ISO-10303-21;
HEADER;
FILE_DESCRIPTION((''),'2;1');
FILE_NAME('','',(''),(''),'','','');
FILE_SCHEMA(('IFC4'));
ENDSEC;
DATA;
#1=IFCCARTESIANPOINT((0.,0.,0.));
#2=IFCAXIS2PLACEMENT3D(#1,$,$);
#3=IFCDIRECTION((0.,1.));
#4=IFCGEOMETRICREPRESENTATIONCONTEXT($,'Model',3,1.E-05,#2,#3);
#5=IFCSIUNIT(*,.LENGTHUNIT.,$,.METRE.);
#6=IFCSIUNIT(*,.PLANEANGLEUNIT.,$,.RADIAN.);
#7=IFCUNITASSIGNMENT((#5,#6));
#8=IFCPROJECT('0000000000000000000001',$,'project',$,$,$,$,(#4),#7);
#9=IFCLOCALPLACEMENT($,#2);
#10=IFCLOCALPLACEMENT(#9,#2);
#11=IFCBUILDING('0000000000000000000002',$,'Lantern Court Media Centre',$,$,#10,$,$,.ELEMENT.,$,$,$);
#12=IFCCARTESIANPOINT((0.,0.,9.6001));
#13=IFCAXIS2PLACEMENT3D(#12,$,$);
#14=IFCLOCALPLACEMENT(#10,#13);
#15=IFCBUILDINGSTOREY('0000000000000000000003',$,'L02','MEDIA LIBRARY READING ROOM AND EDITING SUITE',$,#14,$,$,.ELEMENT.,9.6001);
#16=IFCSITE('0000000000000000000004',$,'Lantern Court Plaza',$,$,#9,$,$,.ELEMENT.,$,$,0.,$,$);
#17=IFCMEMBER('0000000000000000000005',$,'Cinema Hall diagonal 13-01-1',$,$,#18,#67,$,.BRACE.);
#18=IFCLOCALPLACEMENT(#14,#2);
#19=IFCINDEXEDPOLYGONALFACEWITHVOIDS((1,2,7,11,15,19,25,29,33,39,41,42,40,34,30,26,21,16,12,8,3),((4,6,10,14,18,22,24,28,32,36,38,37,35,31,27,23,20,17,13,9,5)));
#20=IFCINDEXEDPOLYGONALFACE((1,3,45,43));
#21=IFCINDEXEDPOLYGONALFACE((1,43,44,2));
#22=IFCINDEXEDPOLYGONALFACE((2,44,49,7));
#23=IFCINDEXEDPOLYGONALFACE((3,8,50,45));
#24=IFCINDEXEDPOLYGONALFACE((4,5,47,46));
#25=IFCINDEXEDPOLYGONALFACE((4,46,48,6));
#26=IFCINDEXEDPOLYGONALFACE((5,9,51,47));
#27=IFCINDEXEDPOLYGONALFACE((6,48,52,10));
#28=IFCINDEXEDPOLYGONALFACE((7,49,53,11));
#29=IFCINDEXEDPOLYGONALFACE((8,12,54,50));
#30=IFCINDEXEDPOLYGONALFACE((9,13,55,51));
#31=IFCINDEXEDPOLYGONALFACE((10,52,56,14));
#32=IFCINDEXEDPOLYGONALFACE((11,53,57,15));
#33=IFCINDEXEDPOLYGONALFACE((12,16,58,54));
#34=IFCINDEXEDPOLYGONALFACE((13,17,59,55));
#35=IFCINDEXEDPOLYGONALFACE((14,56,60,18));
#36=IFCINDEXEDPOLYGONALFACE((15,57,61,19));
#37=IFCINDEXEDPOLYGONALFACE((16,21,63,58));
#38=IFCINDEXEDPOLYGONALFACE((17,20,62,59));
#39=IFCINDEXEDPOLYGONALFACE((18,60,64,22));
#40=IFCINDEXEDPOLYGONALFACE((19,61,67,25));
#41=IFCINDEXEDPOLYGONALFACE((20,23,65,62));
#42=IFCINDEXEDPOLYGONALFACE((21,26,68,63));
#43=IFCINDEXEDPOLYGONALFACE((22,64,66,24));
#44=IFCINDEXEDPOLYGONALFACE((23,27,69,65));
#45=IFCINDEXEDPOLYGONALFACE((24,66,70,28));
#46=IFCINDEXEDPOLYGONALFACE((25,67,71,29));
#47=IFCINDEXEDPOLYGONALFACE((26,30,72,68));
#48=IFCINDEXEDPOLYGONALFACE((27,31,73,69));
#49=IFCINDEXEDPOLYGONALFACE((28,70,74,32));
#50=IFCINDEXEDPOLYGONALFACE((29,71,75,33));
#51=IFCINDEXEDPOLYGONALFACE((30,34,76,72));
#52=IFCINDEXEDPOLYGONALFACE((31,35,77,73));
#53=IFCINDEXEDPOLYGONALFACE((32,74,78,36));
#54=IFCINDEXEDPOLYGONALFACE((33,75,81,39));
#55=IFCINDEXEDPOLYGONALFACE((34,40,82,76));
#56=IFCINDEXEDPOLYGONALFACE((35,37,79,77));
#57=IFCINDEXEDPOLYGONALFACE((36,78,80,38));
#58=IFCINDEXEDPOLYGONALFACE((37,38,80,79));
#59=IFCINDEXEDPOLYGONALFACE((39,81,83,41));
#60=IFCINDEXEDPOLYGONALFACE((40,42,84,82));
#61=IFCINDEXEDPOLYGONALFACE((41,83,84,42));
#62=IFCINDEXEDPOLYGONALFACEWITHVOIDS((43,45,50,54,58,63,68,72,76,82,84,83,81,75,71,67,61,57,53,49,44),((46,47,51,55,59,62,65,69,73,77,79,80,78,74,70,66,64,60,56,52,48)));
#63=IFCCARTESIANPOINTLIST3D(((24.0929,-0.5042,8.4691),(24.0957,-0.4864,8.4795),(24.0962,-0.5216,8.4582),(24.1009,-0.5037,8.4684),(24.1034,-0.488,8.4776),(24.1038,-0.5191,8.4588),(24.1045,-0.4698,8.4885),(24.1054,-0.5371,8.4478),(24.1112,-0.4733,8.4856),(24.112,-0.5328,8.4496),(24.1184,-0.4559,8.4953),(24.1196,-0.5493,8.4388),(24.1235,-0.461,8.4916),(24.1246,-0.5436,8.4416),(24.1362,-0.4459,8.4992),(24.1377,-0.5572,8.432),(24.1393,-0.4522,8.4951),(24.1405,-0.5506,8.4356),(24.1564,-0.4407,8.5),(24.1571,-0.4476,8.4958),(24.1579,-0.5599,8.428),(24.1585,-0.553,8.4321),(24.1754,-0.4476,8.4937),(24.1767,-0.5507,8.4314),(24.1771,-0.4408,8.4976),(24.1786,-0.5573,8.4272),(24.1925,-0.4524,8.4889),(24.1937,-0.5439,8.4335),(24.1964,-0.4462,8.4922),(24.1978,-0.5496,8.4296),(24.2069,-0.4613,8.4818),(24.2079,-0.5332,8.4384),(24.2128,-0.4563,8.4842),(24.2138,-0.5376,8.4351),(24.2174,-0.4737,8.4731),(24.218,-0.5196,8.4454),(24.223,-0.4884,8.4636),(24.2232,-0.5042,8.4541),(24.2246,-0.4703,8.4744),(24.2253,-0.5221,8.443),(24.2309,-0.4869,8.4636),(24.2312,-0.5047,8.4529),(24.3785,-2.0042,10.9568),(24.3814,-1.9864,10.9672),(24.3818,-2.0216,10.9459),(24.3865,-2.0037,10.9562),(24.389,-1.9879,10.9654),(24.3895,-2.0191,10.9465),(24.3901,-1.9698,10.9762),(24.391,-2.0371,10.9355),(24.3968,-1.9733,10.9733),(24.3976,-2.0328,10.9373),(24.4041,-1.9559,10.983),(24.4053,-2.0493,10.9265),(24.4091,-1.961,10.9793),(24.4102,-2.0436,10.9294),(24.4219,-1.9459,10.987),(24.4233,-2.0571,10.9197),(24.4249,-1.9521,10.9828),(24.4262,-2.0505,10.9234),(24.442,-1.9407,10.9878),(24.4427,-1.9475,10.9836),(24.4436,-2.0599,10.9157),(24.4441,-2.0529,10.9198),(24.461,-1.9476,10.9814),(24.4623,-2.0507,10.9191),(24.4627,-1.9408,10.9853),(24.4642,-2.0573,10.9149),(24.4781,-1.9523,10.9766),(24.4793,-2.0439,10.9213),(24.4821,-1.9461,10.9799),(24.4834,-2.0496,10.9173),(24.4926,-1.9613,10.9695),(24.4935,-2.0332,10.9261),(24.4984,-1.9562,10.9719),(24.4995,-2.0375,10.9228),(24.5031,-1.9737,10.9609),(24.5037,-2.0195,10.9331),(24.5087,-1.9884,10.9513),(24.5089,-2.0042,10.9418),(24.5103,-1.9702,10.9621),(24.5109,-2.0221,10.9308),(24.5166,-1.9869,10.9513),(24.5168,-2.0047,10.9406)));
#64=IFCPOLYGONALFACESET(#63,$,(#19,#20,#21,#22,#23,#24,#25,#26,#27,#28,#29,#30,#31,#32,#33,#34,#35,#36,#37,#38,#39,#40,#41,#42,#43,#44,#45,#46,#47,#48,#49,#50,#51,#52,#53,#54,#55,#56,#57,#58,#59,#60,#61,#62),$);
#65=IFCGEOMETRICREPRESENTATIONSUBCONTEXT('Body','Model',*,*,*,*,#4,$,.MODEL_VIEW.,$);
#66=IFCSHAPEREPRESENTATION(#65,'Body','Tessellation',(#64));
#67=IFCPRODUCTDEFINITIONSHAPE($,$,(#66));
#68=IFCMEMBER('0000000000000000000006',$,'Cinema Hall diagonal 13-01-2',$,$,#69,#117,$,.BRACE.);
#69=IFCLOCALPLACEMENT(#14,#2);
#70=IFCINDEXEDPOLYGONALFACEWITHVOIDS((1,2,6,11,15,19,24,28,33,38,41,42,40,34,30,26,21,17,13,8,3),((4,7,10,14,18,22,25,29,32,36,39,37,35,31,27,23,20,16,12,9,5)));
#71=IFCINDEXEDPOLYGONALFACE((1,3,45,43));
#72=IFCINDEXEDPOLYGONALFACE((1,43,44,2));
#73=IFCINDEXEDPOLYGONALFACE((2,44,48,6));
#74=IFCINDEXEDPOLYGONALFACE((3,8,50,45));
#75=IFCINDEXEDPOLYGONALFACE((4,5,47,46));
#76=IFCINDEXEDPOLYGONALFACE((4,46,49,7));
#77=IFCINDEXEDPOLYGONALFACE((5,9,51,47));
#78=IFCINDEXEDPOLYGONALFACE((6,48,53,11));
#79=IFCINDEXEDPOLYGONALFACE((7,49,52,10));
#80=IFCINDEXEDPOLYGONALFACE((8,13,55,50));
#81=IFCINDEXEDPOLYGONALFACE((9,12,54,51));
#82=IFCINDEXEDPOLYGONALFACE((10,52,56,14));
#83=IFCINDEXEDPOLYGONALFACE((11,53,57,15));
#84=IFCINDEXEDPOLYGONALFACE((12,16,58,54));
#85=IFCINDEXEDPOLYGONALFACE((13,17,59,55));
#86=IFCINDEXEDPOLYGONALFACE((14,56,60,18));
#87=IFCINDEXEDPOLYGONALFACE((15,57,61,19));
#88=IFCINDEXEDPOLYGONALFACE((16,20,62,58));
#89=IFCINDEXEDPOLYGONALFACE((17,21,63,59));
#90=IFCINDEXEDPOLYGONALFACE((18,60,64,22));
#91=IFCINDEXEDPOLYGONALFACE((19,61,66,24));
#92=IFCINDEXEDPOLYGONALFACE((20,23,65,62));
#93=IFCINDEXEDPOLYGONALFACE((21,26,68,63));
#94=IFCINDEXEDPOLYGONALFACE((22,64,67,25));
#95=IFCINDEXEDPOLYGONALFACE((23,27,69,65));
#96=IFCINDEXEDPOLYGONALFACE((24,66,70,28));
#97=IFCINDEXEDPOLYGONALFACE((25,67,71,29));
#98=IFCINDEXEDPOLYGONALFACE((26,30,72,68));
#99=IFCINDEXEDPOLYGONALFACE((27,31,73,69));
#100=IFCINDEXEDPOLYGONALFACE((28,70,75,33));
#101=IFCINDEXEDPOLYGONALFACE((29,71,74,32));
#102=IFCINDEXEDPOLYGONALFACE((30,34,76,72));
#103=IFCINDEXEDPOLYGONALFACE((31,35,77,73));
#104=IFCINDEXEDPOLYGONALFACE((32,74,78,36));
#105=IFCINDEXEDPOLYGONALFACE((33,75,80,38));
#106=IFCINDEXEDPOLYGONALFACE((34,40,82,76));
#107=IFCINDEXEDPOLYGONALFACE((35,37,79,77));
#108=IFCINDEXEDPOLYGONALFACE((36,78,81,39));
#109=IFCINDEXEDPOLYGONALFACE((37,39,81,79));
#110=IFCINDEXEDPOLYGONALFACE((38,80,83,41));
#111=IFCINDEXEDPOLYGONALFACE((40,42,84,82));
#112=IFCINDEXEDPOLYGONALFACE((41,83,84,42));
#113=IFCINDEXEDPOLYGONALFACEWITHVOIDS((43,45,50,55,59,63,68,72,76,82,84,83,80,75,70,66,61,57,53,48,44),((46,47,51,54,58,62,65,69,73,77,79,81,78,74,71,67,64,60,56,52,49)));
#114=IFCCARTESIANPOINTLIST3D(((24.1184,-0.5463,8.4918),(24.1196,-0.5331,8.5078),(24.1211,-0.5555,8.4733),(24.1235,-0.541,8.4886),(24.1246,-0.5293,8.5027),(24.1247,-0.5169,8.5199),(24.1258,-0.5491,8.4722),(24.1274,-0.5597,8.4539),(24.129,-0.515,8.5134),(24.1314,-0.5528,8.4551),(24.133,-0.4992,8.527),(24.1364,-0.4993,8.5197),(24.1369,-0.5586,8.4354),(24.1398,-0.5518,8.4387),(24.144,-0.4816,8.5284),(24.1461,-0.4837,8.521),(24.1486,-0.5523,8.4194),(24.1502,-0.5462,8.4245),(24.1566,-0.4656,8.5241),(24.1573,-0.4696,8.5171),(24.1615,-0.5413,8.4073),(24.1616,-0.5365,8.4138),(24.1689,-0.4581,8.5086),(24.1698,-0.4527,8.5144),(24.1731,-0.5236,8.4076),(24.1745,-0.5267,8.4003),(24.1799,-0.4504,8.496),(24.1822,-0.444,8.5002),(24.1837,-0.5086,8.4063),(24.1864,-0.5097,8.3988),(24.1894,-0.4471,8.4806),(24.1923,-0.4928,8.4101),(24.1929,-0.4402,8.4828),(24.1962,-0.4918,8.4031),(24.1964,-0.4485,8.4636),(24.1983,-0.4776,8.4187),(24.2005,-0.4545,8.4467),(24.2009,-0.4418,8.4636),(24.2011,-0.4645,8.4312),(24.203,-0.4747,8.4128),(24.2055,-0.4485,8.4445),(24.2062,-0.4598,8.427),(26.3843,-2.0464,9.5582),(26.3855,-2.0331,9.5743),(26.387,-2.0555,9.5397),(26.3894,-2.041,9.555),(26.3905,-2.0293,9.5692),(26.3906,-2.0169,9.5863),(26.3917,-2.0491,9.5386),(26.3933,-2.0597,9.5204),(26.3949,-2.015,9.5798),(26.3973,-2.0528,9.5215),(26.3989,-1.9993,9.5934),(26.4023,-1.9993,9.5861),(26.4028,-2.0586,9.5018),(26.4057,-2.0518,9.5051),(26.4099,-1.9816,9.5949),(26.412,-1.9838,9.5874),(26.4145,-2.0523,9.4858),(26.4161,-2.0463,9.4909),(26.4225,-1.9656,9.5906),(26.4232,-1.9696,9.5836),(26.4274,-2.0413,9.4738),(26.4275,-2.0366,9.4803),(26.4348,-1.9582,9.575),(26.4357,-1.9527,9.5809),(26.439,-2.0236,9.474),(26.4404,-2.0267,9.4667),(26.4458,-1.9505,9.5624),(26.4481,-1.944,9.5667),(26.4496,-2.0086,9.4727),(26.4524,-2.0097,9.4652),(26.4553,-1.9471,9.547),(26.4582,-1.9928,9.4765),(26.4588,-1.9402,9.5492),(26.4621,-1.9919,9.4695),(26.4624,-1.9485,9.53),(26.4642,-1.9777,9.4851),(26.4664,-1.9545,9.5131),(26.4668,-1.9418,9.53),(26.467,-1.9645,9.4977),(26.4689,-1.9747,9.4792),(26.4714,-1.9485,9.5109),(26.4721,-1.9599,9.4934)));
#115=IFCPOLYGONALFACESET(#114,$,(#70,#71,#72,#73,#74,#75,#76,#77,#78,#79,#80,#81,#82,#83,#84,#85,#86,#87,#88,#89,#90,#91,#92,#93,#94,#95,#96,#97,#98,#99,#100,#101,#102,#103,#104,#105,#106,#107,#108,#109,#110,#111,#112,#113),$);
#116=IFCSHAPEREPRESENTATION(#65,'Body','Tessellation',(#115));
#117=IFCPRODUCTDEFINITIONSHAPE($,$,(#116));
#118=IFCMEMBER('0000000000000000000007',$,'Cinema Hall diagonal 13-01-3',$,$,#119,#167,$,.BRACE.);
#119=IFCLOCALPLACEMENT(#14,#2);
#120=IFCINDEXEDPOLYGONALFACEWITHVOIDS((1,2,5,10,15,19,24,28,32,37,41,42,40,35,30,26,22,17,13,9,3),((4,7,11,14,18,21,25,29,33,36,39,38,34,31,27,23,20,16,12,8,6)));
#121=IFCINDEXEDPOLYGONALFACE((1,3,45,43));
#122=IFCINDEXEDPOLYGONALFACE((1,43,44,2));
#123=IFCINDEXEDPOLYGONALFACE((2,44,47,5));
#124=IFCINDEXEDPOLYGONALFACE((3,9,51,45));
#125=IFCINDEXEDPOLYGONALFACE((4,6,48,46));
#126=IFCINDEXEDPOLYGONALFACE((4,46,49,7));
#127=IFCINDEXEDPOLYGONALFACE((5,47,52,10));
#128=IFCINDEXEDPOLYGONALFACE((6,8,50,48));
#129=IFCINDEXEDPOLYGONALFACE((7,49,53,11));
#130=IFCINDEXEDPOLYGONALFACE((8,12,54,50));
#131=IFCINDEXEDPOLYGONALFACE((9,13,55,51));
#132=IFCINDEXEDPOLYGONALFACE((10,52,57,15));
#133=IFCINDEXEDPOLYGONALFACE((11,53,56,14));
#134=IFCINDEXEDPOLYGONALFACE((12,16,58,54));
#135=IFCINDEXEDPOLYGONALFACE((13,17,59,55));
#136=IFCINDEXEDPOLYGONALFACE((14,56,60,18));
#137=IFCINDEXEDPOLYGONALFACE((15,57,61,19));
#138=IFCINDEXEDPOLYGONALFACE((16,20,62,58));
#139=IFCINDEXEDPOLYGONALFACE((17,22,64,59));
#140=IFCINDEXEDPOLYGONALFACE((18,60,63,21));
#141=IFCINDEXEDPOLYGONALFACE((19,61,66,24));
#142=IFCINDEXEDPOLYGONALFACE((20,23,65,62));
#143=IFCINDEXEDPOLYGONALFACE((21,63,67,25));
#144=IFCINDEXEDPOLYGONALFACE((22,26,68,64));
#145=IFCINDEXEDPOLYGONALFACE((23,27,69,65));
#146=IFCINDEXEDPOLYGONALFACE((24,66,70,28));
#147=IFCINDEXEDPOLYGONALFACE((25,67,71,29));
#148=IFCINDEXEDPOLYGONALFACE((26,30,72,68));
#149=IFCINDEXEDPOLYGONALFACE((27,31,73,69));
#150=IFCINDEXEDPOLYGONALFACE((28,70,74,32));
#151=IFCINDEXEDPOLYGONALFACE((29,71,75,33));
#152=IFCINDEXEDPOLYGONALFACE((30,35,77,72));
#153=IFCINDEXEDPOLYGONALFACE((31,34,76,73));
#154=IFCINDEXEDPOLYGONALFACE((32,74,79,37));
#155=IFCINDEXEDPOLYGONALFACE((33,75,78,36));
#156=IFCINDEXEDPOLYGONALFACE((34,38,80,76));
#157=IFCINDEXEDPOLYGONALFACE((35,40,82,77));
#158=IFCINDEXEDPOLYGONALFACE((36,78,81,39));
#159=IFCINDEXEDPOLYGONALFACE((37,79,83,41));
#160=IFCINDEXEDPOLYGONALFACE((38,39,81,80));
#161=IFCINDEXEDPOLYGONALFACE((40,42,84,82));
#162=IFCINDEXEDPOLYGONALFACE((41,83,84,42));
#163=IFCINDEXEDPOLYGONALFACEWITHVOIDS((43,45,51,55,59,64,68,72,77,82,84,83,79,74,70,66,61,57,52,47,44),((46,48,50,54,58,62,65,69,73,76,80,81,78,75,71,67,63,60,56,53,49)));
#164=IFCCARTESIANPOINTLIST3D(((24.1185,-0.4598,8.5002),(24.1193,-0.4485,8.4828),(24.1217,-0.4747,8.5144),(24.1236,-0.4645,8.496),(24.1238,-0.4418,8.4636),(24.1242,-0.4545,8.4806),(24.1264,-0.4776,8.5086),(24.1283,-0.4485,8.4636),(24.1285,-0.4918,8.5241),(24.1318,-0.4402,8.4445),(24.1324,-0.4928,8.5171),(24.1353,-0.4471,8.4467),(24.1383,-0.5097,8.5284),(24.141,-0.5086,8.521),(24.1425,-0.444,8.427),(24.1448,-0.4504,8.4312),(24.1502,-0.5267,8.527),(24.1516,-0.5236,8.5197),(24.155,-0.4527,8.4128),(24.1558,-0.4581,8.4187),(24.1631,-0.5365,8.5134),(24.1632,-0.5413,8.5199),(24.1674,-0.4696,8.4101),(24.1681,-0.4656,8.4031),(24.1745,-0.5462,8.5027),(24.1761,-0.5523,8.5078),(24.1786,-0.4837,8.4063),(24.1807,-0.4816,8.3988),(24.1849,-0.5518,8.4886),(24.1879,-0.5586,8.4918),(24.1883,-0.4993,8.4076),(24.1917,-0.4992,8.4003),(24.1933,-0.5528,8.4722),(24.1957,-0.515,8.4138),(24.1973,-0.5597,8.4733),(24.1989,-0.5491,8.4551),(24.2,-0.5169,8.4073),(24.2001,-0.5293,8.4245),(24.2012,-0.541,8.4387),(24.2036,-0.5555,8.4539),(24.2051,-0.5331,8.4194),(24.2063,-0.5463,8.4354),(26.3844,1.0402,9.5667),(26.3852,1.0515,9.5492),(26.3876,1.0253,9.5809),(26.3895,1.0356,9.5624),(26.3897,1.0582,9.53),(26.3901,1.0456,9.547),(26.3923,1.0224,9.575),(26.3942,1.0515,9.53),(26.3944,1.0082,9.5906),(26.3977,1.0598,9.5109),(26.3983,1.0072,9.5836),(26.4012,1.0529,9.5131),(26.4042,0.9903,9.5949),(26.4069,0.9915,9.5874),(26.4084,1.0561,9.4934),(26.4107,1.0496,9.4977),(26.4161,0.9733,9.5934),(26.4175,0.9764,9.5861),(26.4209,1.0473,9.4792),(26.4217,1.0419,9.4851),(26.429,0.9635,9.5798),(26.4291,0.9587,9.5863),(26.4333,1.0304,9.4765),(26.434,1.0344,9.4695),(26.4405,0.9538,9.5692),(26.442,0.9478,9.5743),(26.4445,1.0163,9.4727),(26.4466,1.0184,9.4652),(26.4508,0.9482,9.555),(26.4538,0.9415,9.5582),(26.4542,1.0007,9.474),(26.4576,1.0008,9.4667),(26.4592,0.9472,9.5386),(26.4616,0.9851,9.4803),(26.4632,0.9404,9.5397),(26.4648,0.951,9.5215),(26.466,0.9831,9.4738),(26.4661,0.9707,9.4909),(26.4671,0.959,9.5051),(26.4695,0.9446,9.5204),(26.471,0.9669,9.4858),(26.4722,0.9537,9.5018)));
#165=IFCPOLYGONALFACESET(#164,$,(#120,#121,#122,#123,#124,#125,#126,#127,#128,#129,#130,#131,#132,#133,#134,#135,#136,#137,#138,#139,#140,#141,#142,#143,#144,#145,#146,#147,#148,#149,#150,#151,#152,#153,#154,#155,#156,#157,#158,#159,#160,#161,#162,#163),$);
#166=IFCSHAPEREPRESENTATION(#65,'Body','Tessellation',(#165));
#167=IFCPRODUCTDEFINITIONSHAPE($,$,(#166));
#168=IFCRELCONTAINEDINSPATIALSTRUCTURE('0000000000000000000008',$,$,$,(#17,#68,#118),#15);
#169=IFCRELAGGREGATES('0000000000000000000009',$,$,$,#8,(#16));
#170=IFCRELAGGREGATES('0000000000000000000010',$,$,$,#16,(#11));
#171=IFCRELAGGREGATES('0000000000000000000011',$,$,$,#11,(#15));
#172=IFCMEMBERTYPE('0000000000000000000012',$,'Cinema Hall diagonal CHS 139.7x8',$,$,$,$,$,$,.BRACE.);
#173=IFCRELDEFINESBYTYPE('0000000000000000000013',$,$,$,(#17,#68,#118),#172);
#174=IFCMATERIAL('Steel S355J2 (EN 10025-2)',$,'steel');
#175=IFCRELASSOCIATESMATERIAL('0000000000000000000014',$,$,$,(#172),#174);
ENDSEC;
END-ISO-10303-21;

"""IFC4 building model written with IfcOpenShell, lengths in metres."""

from ifc_helpers import new_model, si_unit, direction, frame, origin, origin_2d, place, context, subcontext, project, spatial, hollow_circle, extrude, material, material_profile, profile_set, type_object, element, save


model = new_model("IFC4")

# Units and contexts
model_context = context("Model", 3, precision=1e-05, world=origin(), true_north=direction((0.0, 1.0)))
body_context = subcontext(model_context, "Body", "Model", "MODEL_VIEW")
ifc_project = project(units=[si_unit("LENGTHUNIT", "METRE"), si_unit("PLANEANGLEUNIT", "RADIAN")], contexts=[model_context])

# Site, building, storey
site_placement = place(None, origin())
site = spatial("IfcSite", under=ifc_project, at=site_placement, Name="Lantern Court Plaza", CompositionType="ELEMENT", RefElevation=0.0)
building_placement = place(site_placement, origin())
building = spatial("IfcBuilding", under=site, at=building_placement, Name="Lantern Court Media Centre", CompositionType="ELEMENT")
storey_placement = place(building_placement, frame((0.0, 0.0, 9.6001)))
storey = spatial("IfcBuildingStorey", under=building, at=storey_placement, Name="L02", Description="MEDIA LIBRARY READING ROOM AND EDITING SUITE", CompositionType="ELEMENT", Elevation=9.6001)

# Members
ifc_material_1 = material(Name="Steel S355J2 (EN 10025-2)", Category="steel")
ifc_material_profile_1 = material_profile(ifc_material_1, hollow_circle(Radius=0.0698, WallThickness=0.0081, at=origin_2d()), Name="Cinema Hall diagonal CHS 139.7x8")
ifc_profile_set_1 = profile_set([ifc_material_profile_1], Name="Steel S355J2 (EN 10025-2)")
member_type_1 = type_object("IfcMemberType", Name="Cinema Hall diagonal CHS 139.7x8", PredefinedType="BRACE", material=ifc_profile_set_1)
member_1_placement = place(storey_placement, frame((24.1624, -0.5, 8.4636), z_axis=(0.097856, -0.51387, 0.852268), x_axis=(0.982347, 0.187068, 0.0)))
element("IfcMember", 1, at=member_1_placement, inside=storey, type_object=member_type_1, Name="Cinema Hall diagonal 13-01-1", PredefinedType="BRACE", context=body_context, shape_type="SweptSolid", body=[
    extrude(hollow_circle(Radius=0.0698, WallThickness=0.0081, at=origin_2d()), origin(), (0.0, 0.0, 1.0), 2.9189),
])
for number, where, z_axis, x_axis, name in (
    (2, (24.1624, -0.5, 8.4636), (0.776211, -0.51385, 0.365315), (0.552002, 0.833843, 0.0), "Cinema Hall diagonal 13-01-2"),
    (3, (24.1624, -0.5, 8.4636), (0.776211, 0.51385, 0.365315), (-0.552002, 0.833843, 0.0), "Cinema Hall diagonal 13-01-3"),
):
    element("IfcMember", number, at=place(storey_placement, frame(where, z_axis=z_axis, x_axis=x_axis)), inside=storey, type_object=member_type_1, Name=name, PredefinedType="BRACE", context=body_context, shape_type="SweptSolid", body=[
        extrude(hollow_circle(Radius=0.0698, WallThickness=0.0081, at=origin_2d()), origin(), (0.0, 0.0, 1.0), 2.9192),
    ])

save(model, "model.ifc")
